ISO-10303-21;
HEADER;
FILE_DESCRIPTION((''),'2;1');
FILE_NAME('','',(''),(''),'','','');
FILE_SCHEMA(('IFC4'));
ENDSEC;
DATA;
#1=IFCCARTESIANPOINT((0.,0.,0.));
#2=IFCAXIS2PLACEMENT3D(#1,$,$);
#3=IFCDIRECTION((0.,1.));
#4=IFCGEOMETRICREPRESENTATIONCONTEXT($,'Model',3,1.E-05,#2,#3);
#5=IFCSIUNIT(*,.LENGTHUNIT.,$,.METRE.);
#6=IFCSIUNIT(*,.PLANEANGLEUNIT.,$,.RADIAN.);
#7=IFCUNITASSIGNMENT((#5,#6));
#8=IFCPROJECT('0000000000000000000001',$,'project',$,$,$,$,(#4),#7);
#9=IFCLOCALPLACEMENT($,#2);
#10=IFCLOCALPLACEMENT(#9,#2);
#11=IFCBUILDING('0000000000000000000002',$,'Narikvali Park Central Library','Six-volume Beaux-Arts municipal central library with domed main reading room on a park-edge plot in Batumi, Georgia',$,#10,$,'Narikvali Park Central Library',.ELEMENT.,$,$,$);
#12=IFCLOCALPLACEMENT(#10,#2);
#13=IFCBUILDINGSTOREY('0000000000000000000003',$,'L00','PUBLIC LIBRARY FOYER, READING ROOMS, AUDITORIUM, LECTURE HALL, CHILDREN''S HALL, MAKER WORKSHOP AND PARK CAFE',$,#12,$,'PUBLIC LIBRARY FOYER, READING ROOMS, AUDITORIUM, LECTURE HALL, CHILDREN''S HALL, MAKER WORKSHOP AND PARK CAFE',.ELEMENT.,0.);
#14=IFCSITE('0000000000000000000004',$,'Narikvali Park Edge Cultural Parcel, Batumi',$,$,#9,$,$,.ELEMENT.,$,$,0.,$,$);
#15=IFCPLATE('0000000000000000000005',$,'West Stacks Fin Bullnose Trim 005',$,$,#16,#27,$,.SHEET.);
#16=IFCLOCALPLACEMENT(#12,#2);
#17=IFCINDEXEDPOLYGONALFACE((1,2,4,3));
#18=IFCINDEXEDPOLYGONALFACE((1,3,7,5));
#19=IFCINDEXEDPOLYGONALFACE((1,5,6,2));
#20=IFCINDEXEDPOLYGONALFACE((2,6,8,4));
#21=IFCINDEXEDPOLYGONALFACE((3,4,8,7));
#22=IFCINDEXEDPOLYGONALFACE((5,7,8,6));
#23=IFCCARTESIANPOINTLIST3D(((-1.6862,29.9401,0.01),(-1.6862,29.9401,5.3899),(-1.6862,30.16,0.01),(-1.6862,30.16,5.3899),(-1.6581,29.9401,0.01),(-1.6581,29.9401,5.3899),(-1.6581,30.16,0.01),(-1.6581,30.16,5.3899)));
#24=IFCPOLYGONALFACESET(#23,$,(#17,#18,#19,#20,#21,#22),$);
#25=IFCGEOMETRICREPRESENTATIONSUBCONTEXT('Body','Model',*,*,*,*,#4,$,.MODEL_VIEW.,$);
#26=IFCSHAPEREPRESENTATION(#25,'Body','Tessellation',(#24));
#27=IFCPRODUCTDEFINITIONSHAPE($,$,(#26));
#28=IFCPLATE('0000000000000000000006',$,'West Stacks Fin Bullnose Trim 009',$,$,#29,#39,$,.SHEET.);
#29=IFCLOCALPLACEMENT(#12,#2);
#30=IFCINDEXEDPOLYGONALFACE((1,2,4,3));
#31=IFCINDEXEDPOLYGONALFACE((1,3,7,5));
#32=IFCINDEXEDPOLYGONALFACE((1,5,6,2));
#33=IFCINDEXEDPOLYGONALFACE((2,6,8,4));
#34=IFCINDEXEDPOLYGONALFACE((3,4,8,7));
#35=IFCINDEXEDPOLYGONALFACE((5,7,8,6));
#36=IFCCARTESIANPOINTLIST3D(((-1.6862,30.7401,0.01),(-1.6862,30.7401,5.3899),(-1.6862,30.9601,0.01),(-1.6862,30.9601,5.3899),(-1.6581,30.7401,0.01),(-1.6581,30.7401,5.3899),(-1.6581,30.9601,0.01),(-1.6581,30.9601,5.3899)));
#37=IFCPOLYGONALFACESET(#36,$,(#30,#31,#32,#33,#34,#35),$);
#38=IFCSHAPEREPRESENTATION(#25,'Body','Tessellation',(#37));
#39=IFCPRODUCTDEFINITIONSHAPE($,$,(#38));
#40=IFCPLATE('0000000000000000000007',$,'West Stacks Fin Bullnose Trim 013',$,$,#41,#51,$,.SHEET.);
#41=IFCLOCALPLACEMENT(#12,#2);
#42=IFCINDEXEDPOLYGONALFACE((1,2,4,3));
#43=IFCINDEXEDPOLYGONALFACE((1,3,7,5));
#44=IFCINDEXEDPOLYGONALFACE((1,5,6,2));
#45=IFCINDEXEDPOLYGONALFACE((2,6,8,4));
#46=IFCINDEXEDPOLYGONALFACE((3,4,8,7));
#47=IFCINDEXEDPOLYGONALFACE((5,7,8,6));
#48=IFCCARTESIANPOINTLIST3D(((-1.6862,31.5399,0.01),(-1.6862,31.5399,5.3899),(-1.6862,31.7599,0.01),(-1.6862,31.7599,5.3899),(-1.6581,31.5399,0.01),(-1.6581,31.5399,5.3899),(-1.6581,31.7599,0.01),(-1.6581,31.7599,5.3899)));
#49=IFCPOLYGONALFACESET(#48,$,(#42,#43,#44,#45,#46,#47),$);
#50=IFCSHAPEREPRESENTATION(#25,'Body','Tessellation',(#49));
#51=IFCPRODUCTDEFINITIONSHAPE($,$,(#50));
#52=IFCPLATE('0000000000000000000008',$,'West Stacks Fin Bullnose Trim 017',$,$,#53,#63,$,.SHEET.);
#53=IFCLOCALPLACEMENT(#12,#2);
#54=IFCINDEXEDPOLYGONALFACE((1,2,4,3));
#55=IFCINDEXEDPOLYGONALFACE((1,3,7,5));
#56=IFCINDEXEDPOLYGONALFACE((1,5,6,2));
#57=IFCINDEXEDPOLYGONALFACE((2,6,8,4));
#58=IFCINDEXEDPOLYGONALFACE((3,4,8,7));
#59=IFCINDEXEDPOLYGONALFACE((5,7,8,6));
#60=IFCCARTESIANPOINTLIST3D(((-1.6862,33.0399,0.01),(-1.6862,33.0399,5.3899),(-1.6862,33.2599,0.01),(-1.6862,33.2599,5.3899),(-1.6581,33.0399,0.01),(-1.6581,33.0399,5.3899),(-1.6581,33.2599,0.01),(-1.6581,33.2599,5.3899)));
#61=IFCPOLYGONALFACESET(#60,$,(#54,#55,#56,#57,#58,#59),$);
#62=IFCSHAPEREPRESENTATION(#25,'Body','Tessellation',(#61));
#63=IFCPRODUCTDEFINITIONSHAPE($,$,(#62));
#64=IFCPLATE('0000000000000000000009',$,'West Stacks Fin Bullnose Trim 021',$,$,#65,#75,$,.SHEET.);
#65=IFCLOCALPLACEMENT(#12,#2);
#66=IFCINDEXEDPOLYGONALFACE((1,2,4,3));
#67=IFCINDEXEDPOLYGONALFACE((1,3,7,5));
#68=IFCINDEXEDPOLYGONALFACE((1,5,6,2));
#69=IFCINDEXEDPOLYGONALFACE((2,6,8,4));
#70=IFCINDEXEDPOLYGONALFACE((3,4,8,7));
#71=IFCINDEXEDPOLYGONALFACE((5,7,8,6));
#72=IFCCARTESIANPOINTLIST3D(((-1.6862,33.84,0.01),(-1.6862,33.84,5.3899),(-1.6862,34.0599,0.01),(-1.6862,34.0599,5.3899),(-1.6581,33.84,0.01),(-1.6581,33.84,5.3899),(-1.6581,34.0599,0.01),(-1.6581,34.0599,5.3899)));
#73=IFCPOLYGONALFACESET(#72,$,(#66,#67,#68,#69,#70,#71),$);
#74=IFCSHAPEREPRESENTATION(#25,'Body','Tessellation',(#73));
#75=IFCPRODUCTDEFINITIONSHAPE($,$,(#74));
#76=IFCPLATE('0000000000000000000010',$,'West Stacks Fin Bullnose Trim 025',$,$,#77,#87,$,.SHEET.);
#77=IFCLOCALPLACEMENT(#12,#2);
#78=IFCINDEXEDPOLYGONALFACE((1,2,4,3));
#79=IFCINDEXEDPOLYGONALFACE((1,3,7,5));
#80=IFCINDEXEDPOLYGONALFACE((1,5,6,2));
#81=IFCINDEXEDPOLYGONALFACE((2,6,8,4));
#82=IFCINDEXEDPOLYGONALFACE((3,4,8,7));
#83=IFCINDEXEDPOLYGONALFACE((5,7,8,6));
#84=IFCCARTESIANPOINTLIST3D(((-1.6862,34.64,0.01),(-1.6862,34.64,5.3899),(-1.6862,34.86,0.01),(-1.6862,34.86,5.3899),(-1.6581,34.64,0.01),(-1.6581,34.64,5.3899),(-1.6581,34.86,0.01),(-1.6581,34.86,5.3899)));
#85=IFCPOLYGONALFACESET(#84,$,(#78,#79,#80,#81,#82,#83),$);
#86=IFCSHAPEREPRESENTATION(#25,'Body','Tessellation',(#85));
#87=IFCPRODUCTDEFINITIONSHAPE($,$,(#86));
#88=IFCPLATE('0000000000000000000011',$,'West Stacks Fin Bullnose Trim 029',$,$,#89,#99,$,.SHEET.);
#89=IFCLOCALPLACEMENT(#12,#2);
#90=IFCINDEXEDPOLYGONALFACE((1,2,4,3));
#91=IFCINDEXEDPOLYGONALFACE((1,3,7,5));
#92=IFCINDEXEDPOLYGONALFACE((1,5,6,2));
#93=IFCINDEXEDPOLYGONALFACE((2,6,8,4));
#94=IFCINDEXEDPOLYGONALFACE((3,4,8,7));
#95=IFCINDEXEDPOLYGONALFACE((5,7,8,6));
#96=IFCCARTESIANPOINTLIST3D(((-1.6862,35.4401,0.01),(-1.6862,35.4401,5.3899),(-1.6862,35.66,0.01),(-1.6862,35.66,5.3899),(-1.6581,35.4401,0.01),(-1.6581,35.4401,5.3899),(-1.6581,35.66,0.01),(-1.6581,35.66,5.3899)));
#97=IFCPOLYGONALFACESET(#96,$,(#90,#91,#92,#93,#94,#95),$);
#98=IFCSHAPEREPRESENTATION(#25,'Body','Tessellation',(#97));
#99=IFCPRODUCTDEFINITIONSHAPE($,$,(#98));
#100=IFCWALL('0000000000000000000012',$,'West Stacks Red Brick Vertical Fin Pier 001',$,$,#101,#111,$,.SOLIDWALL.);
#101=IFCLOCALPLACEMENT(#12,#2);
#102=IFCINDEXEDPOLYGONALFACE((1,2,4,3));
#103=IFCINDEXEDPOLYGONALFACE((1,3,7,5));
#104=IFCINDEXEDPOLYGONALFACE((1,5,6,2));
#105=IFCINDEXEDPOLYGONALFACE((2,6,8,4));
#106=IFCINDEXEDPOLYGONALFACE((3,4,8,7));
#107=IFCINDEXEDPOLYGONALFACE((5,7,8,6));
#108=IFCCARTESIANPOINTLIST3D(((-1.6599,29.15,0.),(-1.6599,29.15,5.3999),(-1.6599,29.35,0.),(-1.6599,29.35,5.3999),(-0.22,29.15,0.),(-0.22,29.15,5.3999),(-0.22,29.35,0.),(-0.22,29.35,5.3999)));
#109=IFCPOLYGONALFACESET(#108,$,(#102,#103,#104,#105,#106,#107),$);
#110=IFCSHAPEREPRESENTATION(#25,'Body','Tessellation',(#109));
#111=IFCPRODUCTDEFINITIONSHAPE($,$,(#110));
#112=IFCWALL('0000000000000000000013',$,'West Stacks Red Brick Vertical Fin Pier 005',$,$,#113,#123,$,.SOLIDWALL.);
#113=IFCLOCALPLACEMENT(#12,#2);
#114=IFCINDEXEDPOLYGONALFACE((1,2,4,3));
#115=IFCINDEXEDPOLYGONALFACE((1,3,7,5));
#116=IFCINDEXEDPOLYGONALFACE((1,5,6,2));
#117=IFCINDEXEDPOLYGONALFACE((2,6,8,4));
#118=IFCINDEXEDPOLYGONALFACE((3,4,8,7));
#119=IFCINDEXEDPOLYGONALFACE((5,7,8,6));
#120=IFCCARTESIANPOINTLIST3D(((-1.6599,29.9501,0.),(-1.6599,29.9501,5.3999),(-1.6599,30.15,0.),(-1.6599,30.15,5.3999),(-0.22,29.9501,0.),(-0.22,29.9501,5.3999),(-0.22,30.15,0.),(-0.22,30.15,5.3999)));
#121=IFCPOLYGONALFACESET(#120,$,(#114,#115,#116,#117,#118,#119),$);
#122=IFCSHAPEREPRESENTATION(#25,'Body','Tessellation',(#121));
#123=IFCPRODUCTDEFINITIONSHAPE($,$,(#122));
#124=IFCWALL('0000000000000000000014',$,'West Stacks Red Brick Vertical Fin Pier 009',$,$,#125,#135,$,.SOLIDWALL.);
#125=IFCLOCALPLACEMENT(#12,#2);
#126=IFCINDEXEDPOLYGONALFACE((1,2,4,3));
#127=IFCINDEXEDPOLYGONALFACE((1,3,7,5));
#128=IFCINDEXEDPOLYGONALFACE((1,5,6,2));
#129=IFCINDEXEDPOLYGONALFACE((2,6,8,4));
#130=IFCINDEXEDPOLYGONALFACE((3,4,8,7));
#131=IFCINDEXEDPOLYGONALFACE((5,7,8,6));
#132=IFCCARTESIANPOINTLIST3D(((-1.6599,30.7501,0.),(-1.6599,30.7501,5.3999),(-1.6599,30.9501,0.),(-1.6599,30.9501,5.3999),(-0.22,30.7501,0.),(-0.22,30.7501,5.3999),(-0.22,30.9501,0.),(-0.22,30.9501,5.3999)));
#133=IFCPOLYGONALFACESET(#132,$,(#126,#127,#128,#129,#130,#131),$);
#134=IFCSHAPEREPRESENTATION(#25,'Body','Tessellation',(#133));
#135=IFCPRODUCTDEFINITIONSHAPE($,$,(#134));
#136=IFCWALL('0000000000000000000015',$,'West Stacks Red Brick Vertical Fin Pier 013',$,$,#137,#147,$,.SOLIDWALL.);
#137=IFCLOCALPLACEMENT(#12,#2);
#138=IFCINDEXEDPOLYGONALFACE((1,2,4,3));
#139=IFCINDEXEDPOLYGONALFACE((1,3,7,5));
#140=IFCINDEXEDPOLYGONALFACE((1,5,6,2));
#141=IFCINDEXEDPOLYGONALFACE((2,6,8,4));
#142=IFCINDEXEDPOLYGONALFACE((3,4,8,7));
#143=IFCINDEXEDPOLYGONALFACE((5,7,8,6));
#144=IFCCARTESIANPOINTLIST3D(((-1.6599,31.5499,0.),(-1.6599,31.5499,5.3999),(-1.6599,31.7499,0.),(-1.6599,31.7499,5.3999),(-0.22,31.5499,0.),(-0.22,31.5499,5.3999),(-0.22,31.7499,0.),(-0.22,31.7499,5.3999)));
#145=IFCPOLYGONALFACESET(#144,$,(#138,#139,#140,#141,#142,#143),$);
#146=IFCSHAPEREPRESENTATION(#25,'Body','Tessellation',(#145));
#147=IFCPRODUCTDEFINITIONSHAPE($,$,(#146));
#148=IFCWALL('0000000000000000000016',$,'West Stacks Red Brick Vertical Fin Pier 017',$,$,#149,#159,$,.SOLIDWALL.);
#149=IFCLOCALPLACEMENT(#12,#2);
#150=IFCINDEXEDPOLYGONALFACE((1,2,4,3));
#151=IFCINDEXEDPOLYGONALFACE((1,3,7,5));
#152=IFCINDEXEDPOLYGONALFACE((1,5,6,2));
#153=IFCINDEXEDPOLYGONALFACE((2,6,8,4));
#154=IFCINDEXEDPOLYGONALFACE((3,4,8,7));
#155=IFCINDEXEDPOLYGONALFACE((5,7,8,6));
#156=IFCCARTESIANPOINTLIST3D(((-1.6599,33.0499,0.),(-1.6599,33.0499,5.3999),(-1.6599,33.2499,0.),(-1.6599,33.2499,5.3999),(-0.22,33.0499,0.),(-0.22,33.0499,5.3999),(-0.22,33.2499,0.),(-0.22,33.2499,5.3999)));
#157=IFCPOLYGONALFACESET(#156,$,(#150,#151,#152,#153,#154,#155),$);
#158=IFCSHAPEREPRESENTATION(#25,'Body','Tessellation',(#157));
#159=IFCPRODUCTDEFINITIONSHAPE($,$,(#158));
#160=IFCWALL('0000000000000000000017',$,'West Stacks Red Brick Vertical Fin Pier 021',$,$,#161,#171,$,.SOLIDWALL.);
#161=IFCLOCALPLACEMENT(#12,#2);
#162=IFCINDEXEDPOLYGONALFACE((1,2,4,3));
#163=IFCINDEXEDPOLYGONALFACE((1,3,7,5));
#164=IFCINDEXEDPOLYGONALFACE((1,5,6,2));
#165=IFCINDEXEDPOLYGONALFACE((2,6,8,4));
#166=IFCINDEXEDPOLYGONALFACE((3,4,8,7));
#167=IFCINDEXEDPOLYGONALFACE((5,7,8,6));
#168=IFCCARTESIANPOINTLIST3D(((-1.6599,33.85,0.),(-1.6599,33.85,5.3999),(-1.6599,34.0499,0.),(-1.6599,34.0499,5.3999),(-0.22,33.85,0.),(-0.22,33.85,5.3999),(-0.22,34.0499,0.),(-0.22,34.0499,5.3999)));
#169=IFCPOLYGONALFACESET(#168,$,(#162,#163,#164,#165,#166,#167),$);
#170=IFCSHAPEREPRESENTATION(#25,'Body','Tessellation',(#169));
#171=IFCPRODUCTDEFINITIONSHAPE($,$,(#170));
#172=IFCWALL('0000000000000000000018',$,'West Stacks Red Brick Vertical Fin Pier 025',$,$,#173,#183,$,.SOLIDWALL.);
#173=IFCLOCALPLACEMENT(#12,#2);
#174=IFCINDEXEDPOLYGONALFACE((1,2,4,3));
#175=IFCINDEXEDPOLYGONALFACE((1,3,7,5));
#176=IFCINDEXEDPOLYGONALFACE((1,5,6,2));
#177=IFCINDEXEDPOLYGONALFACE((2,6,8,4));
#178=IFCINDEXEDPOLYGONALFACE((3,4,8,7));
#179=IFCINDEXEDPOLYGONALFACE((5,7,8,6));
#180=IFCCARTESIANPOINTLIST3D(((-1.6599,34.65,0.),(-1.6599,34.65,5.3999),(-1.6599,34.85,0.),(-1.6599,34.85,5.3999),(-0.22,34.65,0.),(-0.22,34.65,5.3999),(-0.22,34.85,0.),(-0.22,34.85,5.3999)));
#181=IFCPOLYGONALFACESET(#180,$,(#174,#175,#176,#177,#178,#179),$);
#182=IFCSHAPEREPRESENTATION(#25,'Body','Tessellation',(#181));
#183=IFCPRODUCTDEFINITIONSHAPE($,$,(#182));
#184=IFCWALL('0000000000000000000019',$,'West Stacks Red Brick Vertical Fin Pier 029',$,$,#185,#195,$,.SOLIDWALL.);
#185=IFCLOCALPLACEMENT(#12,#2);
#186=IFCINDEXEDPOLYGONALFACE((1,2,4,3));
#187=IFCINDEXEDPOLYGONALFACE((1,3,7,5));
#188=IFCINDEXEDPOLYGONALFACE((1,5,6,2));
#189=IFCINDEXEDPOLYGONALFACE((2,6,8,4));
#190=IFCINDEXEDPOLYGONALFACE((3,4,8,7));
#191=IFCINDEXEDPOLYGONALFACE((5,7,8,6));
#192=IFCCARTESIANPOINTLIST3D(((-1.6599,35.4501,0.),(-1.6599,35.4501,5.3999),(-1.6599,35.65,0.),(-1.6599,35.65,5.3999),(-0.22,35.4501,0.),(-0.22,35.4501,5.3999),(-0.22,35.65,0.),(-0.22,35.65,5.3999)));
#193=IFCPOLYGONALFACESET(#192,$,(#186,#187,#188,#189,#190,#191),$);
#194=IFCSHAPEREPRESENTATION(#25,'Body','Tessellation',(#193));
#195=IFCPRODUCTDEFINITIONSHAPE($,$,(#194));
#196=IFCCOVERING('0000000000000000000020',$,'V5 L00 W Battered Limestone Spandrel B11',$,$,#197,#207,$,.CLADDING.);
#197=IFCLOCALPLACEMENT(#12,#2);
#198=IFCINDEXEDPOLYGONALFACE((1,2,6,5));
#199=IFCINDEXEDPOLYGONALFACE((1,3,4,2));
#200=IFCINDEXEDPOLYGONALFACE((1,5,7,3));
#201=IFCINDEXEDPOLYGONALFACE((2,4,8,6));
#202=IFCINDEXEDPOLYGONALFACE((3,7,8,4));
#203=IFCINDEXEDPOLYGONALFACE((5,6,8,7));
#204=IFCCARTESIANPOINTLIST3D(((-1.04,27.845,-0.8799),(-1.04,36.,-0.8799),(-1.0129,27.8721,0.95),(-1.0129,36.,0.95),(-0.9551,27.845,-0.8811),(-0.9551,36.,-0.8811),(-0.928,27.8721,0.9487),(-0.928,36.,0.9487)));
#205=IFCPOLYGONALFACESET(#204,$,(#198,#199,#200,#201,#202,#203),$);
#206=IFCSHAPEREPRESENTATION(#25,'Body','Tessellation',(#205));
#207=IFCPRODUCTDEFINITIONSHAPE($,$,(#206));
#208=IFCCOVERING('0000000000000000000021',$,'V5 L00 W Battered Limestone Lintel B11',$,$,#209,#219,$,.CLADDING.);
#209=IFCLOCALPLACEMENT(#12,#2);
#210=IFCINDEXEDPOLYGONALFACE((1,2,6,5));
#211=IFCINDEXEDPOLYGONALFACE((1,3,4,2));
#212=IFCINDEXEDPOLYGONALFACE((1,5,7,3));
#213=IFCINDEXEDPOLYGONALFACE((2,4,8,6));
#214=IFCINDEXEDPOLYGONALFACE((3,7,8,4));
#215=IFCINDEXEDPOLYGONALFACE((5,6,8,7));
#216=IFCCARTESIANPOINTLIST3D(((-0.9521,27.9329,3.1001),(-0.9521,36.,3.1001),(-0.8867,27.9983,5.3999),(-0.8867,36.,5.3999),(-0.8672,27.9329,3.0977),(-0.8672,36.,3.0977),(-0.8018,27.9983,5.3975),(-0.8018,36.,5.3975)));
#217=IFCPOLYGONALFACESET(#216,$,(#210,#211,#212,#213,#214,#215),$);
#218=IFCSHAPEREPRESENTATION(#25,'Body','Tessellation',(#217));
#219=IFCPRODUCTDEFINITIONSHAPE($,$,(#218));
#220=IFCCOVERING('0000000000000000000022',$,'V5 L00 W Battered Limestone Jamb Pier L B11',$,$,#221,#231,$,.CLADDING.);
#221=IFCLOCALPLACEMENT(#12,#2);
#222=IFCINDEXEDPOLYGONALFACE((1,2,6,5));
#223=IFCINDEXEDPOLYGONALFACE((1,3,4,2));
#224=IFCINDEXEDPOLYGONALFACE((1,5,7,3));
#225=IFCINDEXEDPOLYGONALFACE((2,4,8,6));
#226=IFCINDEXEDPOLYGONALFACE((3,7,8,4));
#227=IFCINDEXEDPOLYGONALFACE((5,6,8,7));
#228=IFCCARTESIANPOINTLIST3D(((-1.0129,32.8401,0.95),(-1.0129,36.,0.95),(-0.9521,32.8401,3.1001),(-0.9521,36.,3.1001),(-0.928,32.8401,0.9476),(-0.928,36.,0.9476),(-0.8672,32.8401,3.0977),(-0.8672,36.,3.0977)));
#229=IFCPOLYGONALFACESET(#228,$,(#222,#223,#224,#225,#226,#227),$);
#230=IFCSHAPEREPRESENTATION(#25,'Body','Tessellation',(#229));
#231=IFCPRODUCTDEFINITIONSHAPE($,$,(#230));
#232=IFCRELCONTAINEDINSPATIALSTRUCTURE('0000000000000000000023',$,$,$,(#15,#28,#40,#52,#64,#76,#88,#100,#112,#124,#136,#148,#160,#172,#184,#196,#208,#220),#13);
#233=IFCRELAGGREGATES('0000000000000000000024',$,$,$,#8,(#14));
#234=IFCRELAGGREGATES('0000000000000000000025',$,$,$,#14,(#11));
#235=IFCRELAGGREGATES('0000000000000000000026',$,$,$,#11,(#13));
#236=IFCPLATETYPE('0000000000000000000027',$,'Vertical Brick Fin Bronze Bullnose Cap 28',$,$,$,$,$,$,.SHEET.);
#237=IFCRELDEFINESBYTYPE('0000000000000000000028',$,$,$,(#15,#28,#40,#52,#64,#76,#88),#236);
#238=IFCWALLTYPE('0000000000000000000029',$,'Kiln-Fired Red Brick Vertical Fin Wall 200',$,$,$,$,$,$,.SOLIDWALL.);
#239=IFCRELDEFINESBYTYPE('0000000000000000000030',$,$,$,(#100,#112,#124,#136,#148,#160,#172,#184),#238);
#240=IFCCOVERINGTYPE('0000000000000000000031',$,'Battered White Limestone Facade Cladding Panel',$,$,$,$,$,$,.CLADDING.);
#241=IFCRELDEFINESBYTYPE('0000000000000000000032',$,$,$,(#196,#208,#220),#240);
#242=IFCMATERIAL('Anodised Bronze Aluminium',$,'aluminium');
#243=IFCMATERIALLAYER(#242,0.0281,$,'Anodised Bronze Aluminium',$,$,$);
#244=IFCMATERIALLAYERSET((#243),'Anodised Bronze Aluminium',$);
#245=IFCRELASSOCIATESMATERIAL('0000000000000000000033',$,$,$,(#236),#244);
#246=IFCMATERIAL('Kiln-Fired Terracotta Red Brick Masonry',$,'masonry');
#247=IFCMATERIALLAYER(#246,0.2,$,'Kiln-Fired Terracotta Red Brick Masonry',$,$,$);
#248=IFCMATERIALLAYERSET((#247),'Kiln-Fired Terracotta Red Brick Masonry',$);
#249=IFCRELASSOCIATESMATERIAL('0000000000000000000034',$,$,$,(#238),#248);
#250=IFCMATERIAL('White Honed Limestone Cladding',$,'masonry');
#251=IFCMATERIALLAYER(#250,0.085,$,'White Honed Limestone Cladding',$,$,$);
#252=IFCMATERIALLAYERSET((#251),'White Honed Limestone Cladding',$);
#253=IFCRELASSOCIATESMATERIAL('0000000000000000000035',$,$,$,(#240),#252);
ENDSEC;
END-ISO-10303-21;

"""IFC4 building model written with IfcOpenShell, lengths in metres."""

from ifc_helpers import new_model, si_unit, direction, frame, frame_2d, origin, origin_2d, place, context, subcontext, project, spatial, polyline, rectangle, outline, extrude, material, layer, layer_set, type_object, element, save


model = new_model("IFC4")

# Units and contexts
model_context = context("Model", 3, precision=1e-05, world=origin(), true_north=direction((0.0, 1.0)))
body_context = subcontext(model_context, "Body", "Model", "MODEL_VIEW")
ifc_project = project(units=[si_unit("LENGTHUNIT", "METRE"), si_unit("PLANEANGLEUNIT", "RADIAN")], contexts=[model_context])

# Site, building, storey
site_placement = place(None, origin())
site = spatial("IfcSite", under=ifc_project, at=site_placement, Name="Narikvali Park Edge Cultural Parcel, Batumi", CompositionType="ELEMENT", RefElevation=0.0)
building_placement = place(site_placement, origin())
building = spatial("IfcBuilding", under=site, at=building_placement, Name="Narikvali Park Central Library", Description="Six-volume Beaux-Arts municipal central library with domed main reading room on a park-edge plot in Batumi, Georgia", LongName="Narikvali Park Central Library", CompositionType="ELEMENT")
storey_placement = place(building_placement, origin())
storey = spatial("IfcBuildingStorey", under=building, at=storey_placement, Name="L00", Description="PUBLIC LIBRARY FOYER, READING ROOMS, AUDITORIUM, LECTURE HALL, CHILDREN'S HALL, MAKER WORKSHOP AND PARK CAFE", LongName="PUBLIC LIBRARY FOYER, READING ROOMS, AUDITORIUM, LECTURE HALL, CHILDREN'S HALL, MAKER WORKSHOP AND PARK CAFE", CompositionType="ELEMENT", Elevation=0.0)

# Plates
ifc_material_1 = material(Name="Anodised Bronze Aluminium", Category="aluminium")
ifc_layer_1 = layer(ifc_material_1, 0.0281, Name="Anodised Bronze Aluminium")
ifc_layer_set_1 = layer_set([ifc_layer_1], Name="Anodised Bronze Aluminium")
plate_type = type_object("IfcPlateType", Name="Vertical Brick Fin Bronze Bullnose Cap 28", PredefinedType="SHEET", material=ifc_layer_set_1)
for number, where, z_axis, x_axis, name in (
    (1, (-1.6721, 30.05, 0.01), (0.0, 0.0, 1.0), (1.0, 0.0, 0.0), "West Stacks Fin Bullnose Trim 005"),
    (2, (-1.6721, 30.8501, 0.01), (0.0, 0.0, 1.0), (1.0, 0.0, 0.0), "West Stacks Fin Bullnose Trim 009"),
    (3, (-1.6721, 31.6499, 0.01), (0.0, 0.0, 1.0), (1.0, 0.0, 0.0), "West Stacks Fin Bullnose Trim 013"),
    (4, (-1.6721, 33.1499, 0.01), (0.0, 0.0, 1.0), (1.0, 0.0, 0.0), "West Stacks Fin Bullnose Trim 017"),
    (5, (-1.6721, 33.95, 0.01), (0.0, 0.0, 1.0), (1.0, 0.0, 0.0), "West Stacks Fin Bullnose Trim 021"),
    (6, (-1.6721, 34.75, 0.01), (0.0, 0.0, 1.0), (1.0, 0.0, 0.0), "West Stacks Fin Bullnose Trim 025"),
    (7, (-1.6721, 35.55, 0.01), (0.0, 0.0, 1.0), (1.0, 0.0, 0.0), "West Stacks Fin Bullnose Trim 029"),
):
    element("IfcPlate", number, at=place(storey_placement, frame(where, z_axis=z_axis, x_axis=x_axis)), inside=storey, type_object=plate_type, Name=name, PredefinedType="SHEET", context=body_context, shape_type="SweptSolid", body=[
        extrude(rectangle(XDim=0.0281, YDim=0.22, at=origin_2d()), origin(), (0.0, 0.0, 1.0), 5.3799),
    ])

# Walls
ifc_material_2 = material(Name="Kiln-Fired Terracotta Red Brick Masonry", Category="masonry")
ifc_layer_2 = layer(ifc_material_2, 0.2, Name="Kiln-Fired Terracotta Red Brick Masonry")
ifc_layer_set_2 = layer_set([ifc_layer_2], Name="Kiln-Fired Terracotta Red Brick Masonry")
wall_type = type_object("IfcWallType", Name="Kiln-Fired Red Brick Vertical Fin Wall 200", PredefinedType="SOLIDWALL", material=ifc_layer_set_2)
for number, where, z_axis, x_axis, name in (
    (8, (-1.6599, 29.25, 0.0), (0.0, 0.0, 1.0), (1.0, 0.0, 0.0), "West Stacks Red Brick Vertical Fin Pier 001"),
    (9, (-1.6599, 30.05, 0.0), (0.0, 0.0, 1.0), (1.0, 0.0, 0.0), "West Stacks Red Brick Vertical Fin Pier 005"),
    (10, (-1.6599, 30.8501, 0.0), (0.0, 0.0, 1.0), (1.0, 0.0, 0.0), "West Stacks Red Brick Vertical Fin Pier 009"),
    (11, (-1.6599, 31.6499, 0.0), (0.0, 0.0, 1.0), (1.0, 0.0, 0.0), "West Stacks Red Brick Vertical Fin Pier 013"),
    (12, (-1.6599, 33.1499, 0.0), (0.0, 0.0, 1.0), (1.0, 0.0, 0.0), "West Stacks Red Brick Vertical Fin Pier 017"),
    (13, (-1.6599, 33.95, 0.0), (0.0, 0.0, 1.0), (1.0, 0.0, 0.0), "West Stacks Red Brick Vertical Fin Pier 021"),
    (14, (-1.6599, 34.75, 0.0), (0.0, 0.0, 1.0), (1.0, 0.0, 0.0), "West Stacks Red Brick Vertical Fin Pier 025"),
    (15, (-1.6599, 35.55, 0.0), (0.0, 0.0, 1.0), (1.0, 0.0, 0.0), "West Stacks Red Brick Vertical Fin Pier 029"),
):
    element("IfcWall", number, at=place(storey_placement, frame(where, z_axis=z_axis, x_axis=x_axis)), inside=storey, type_object=wall_type, Name=name, PredefinedType="SOLIDWALL", context=body_context, shape_type="SweptSolid", body=[
        extrude(rectangle(XDim=1.4399, YDim=0.2, at=frame_2d((0.72, 0.0))), origin(), (0.0, 0.0, 1.0), 5.3999),
    ])

# Coverings
ifc_material_3 = material(Name="White Honed Limestone Cladding", Category="masonry")
ifc_layer_3 = layer(ifc_material_3, 0.085, Name="White Honed Limestone Cladding")
ifc_layer_set_3 = layer_set([ifc_layer_3], Name="White Honed Limestone Cladding")
covering_type = type_object("IfcCoveringType", Name="Battered White Limestone Facade Cladding Panel", PredefinedType="CLADDING", material=ifc_layer_set_3)
covering_1_placement = place(storey_placement, frame((-1.04, 36.0, -0.8799), z_axis=(-0.99989, 0.0, 0.014808), x_axis=(0.0, -1.0, 0.0)))
element("IfcCovering", 16, at=covering_1_placement, inside=storey, type_object=covering_type, Name="V5 L00 W Battered Limestone Spandrel B11", PredefinedType="CLADDING", context=body_context, shape_type="SweptSolid", body=[
    extrude(outline(polyline([(0.0, 0.0), (8.155, 0.0), (8.1279, 1.83), (0.0, 1.83), (0.0, 0.0)])), origin(), (0.0, 0.0, -1.0), 0.085),
])
covering_2_placement = place(storey_placement, frame((-0.9521, 36.0, 3.1001), z_axis=(-0.999596, 0.0, 0.028439), x_axis=(0.0, -1.0, 0.0)))
element("IfcCovering", 17, at=covering_2_placement, inside=storey, type_object=covering_type, Name="V5 L00 W Battered Limestone Lintel B11", PredefinedType="CLADDING", context=body_context, shape_type="SweptSolid", body=[
    extrude(outline(polyline([(0.0, 0.0), (8.0671, 0.0), (8.0017, 2.3007), (0.0, 2.3007), (0.0, 0.0)])), origin(), (0.0, 0.0, -1.0), 0.085),
])
covering_3_placement = place(storey_placement, frame((-1.0129, 36.0, 0.95), z_axis=(-0.999601, 0.0, 0.028262), x_axis=(0.0, -1.0, 0.0)))
element("IfcCovering", 18, at=covering_3_placement, inside=storey, type_object=covering_type, Name="V5 L00 W Battered Limestone Jamb Pier L B11", PredefinedType="CLADDING", context=body_context, shape_type="SweptSolid", body=[
    extrude(outline(polyline([(0.0, 0.0), (3.1599, 0.0), (3.1599, 2.151), (0.0, 2.151), (0.0, 0.0)])), origin(), (0.0, 0.0, -1.0), 0.085),
])

save(model, "model.ifc")
